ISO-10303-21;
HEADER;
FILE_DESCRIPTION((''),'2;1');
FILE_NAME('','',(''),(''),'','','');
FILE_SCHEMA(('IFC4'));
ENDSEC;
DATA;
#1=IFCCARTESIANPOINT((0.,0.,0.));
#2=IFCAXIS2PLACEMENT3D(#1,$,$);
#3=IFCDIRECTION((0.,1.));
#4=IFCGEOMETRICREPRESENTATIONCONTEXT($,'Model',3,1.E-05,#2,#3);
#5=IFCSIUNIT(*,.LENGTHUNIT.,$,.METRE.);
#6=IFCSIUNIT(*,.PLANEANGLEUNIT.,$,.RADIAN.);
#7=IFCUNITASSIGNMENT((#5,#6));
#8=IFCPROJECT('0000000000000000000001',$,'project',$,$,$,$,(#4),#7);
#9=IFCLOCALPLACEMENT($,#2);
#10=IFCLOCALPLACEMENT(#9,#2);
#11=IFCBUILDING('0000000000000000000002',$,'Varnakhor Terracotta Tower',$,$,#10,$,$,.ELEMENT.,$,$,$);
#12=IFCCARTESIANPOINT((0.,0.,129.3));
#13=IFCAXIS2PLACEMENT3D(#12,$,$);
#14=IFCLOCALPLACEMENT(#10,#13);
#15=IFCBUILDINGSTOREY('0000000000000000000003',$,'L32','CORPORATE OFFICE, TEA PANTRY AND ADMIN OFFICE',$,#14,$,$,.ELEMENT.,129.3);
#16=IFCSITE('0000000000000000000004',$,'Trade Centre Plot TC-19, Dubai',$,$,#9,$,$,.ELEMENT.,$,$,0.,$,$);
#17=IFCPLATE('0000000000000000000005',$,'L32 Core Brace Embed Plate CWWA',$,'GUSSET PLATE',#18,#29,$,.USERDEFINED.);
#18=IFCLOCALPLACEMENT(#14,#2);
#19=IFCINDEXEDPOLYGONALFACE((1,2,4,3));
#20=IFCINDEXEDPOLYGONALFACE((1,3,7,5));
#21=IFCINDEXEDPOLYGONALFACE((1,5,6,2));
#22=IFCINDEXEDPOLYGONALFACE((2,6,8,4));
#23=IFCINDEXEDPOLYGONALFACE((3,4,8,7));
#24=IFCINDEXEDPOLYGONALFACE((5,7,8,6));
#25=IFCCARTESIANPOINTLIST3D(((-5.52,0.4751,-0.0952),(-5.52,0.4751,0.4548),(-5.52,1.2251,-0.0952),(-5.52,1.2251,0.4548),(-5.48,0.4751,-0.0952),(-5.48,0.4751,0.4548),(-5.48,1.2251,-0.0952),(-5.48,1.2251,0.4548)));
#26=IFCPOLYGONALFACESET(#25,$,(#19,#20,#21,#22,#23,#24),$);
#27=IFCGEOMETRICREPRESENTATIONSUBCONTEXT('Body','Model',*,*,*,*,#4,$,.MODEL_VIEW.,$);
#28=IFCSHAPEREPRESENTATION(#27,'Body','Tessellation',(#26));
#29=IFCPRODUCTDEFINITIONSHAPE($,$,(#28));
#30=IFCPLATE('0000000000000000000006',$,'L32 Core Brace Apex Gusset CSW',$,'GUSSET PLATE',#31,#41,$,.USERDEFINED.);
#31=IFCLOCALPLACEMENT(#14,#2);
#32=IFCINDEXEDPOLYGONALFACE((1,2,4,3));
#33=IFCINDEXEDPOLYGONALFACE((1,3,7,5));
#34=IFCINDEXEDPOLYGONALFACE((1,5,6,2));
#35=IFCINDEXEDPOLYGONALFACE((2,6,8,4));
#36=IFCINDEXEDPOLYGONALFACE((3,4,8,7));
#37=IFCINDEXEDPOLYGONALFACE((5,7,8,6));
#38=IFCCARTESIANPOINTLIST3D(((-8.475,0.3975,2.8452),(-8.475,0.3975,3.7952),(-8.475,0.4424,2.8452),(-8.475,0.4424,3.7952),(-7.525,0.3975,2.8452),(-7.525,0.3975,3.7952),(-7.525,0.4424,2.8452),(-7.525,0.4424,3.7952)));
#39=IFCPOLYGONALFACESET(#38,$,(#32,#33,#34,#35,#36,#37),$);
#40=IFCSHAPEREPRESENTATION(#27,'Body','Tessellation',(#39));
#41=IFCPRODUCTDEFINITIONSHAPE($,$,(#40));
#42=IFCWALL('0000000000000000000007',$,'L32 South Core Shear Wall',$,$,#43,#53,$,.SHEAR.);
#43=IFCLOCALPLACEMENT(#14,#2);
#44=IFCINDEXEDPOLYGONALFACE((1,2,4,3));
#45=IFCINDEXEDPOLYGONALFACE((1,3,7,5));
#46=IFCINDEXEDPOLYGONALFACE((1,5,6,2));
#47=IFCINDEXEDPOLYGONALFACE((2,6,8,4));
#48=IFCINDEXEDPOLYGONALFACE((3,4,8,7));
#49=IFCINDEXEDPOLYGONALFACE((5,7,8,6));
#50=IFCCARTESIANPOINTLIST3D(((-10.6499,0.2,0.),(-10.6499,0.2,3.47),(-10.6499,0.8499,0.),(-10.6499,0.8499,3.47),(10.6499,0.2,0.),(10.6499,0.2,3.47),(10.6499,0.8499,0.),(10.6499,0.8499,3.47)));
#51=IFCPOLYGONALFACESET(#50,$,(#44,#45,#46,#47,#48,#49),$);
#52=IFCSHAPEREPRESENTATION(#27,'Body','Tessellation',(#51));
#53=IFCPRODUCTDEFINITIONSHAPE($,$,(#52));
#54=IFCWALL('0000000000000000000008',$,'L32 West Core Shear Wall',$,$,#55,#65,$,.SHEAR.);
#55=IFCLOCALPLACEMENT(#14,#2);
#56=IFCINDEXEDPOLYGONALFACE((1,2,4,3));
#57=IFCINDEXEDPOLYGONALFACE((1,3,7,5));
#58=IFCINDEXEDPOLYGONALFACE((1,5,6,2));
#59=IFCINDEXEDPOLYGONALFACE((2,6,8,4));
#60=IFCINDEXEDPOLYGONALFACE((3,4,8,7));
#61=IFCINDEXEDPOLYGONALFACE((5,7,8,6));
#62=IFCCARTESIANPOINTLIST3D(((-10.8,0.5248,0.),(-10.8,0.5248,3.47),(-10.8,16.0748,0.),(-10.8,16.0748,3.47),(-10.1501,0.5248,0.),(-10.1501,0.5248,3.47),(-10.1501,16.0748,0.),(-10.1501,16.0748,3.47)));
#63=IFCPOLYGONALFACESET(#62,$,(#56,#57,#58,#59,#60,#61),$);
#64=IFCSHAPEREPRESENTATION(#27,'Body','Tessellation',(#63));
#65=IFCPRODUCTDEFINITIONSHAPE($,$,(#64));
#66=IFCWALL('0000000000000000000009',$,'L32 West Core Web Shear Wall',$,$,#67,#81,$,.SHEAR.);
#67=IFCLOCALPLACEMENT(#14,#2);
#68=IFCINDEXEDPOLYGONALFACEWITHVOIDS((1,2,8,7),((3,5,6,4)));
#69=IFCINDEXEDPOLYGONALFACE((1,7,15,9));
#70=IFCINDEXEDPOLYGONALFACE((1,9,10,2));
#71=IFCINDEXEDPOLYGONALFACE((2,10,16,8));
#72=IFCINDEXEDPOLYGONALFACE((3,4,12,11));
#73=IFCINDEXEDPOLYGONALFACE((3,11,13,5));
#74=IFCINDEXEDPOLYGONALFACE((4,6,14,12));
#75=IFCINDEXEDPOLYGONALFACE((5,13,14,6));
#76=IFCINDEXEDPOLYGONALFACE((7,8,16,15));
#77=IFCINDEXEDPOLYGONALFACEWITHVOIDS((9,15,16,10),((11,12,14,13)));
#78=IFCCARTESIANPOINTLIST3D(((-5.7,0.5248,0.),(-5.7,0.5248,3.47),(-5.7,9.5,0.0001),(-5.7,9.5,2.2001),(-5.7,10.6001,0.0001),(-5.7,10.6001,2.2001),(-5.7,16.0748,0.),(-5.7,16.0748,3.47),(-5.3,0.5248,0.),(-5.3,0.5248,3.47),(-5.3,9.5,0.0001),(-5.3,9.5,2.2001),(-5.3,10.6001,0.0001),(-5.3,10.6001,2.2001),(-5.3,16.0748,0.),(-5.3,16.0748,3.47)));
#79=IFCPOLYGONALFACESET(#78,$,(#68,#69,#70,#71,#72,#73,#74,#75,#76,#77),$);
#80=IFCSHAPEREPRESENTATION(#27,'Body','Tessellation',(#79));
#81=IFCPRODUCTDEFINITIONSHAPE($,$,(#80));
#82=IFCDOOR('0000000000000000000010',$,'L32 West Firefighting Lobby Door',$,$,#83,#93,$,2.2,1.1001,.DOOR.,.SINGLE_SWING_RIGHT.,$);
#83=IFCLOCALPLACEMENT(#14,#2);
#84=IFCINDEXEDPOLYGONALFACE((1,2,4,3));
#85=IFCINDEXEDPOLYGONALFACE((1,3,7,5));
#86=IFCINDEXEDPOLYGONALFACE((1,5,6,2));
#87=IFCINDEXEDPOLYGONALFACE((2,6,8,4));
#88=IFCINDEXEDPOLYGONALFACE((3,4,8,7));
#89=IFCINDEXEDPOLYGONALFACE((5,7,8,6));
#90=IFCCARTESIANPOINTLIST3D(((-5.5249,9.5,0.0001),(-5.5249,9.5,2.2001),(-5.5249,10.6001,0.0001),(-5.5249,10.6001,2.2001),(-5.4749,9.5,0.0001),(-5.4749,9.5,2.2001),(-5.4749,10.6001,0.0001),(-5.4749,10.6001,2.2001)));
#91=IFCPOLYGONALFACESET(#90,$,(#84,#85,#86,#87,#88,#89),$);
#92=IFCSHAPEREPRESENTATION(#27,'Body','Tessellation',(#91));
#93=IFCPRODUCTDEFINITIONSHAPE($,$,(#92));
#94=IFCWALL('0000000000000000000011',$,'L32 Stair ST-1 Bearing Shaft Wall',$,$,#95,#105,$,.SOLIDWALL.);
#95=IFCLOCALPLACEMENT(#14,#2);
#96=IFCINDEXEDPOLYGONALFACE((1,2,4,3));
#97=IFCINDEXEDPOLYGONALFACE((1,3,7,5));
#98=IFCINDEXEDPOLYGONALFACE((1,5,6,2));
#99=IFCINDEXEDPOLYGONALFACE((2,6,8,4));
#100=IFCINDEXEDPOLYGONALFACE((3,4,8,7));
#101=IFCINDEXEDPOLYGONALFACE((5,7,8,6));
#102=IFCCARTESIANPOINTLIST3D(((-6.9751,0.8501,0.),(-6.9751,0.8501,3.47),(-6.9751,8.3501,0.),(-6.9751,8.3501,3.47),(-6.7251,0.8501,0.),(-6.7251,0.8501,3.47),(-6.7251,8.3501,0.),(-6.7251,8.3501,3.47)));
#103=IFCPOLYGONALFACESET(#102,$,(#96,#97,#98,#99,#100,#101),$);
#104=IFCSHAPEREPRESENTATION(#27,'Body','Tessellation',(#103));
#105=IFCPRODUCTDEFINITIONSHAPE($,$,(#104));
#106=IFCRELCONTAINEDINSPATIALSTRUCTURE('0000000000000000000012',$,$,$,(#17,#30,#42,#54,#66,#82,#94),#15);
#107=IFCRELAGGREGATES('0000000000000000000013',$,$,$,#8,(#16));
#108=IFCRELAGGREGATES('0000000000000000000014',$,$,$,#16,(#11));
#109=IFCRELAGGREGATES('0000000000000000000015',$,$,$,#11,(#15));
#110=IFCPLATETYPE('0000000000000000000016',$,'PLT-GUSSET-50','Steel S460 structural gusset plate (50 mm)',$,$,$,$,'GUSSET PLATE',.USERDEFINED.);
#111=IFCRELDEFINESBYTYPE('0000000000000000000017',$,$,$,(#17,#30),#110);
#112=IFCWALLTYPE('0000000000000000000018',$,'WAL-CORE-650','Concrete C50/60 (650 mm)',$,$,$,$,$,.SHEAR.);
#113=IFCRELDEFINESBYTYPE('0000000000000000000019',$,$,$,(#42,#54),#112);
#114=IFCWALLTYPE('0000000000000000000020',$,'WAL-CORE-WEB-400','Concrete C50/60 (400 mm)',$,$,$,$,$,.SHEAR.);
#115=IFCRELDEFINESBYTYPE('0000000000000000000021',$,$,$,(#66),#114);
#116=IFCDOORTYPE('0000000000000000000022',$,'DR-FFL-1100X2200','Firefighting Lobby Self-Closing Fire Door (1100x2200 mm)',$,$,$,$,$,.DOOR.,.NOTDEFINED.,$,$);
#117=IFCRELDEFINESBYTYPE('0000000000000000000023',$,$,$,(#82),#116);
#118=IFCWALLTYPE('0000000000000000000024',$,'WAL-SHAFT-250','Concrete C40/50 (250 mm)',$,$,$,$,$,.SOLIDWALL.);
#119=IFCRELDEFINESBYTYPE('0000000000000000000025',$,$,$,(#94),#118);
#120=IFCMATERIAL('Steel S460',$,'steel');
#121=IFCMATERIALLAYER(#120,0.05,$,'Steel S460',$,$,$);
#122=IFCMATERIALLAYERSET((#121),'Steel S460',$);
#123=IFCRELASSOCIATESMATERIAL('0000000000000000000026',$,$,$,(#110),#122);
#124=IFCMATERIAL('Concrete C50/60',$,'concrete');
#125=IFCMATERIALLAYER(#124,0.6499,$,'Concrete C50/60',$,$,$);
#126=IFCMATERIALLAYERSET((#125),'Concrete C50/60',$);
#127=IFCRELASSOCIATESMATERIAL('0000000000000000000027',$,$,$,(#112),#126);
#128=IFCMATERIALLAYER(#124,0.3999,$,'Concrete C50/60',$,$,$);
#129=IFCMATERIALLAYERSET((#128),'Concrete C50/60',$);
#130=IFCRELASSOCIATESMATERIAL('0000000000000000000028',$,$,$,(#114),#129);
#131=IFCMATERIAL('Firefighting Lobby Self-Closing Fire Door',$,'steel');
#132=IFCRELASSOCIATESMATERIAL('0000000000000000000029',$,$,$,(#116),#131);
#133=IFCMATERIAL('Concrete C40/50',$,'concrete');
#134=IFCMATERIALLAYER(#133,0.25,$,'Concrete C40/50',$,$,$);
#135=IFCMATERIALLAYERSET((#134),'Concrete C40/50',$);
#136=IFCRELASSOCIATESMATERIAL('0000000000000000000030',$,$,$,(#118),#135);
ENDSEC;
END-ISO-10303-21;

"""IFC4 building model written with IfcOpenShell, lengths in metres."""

from ifc_helpers import new_model, si_unit, direction, frame, frame_2d, origin, origin_2d, place, context, subcontext, project, spatial, rectangle, extrude, source, transform, mapped, material, layer, layer_set, type_object, type_shapes, element, fill, save


model = new_model("IFC4")

# Units and contexts
model_context = context("Model", 3, precision=1e-05, world=origin(), true_north=direction((0.0, 1.0)))
body_context = subcontext(model_context, "Body", "Model", "MODEL_VIEW")
ifc_project = project(units=[si_unit("LENGTHUNIT", "METRE"), si_unit("PLANEANGLEUNIT", "RADIAN")], contexts=[model_context])

# Site, building, storey
site_placement = place(None, origin())
site = spatial("IfcSite", under=ifc_project, at=site_placement, Name="Trade Centre Plot TC-19, Dubai", CompositionType="ELEMENT", RefElevation=0.0)
building_placement = place(site_placement, origin())
building = spatial("IfcBuilding", under=site, at=building_placement, Name="Varnakhor Terracotta Tower", CompositionType="ELEMENT")
storey_placement = place(building_placement, frame((0.0, 0.0, 129.3)))
storey = spatial("IfcBuildingStorey", under=building, at=storey_placement, Name="L32", Description="CORPORATE OFFICE, TEA PANTRY AND ADMIN OFFICE", CompositionType="ELEMENT", Elevation=129.3)

# Shared definitions
ifc_material_1 = material(Name="Concrete C50/60", Category="concrete")

# Shared definitions
ifc_material_2 = material(Name="Steel S460", Category="steel")

# Plates
ifc_layer_1 = layer(ifc_material_2, 0.05, Name="Steel S460")
ifc_layer_set_1 = layer_set([ifc_layer_1], Name="Steel S460")
plate_type = type_object("IfcPlateType", Name="PLT-GUSSET-50", Description="Steel S460 structural gusset plate (50 mm)", ElementType="GUSSET PLATE", PredefinedType="USERDEFINED", material=ifc_layer_set_1)
shared_shape_1 = source(origin(), body_context, "Body", "SweptSolid", [
    extrude(rectangle(XDim=0.75, YDim=0.04, at=origin_2d()), origin(), (0.0, 0.0, 1.0), 0.55),
])
type_shapes(plate_type, [shared_shape_1])
for number, where, z_axis, x_axis, name in (
    (1, (-5.5, 0.8501, -0.0952), (0.0, 0.0, 1.0), (0.0, 1.0, 0.0), "L32 Core Brace Embed Plate CWWA"),
):
    element("IfcPlate", number, at=place(storey_placement, frame(where, z_axis=z_axis, x_axis=x_axis)), inside=storey, type_object=plate_type, Name=name, ObjectType="GUSSET PLATE", PredefinedType="USERDEFINED", context=body_context, shape_type="MappedRepresentation", body=[
        mapped(shared_shape_1, transform((0.0, 0.0, 0.0), scale=1.0)),
    ])
shared_shape_2 = source(origin(), body_context, "Body", "SweptSolid", [
    extrude(rectangle(XDim=0.95, YDim=0.0449, at=origin_2d()), origin(), (0.0, 0.0, 1.0), 0.95),
])
plate_placement = place(storey_placement, frame((-8.0, 0.4199, 2.8452), z_axis=(0.0, 0.0, 1.0), x_axis=(1.0, 0.0, 0.0)))
element("IfcPlate", 2, at=plate_placement, inside=storey, type_object=plate_type, Name="L32 Core Brace Apex Gusset CSW", ObjectType="GUSSET PLATE", PredefinedType="USERDEFINED", context=body_context, shape_type="MappedRepresentation", body=[
    mapped(shared_shape_2, transform((0.0, 0.0, 0.0), scale=1.0)),
])

# Walls
ifc_layer_2 = layer(ifc_material_1, 0.6499, Name="Concrete C50/60")
ifc_layer_set_2 = layer_set([ifc_layer_2], Name="Concrete C50/60")
wall_type_1 = type_object("IfcWallType", Name="WAL-CORE-650", Description="Concrete C50/60 (650 mm)", PredefinedType="SHEAR", material=ifc_layer_set_2)
wall_1_placement = place(storey_placement, frame((-10.6499, 0.5249, 0.0), z_axis=(0.0, 0.0, 1.0), x_axis=(1.0, 0.0, 0.0)))
element("IfcWall", 3, at=wall_1_placement, inside=storey, type_object=wall_type_1, Name="L32 South Core Shear Wall", PredefinedType="SHEAR", context=body_context, shape_type="SweptSolid", body=[
    extrude(rectangle(XDim=21.2998, YDim=0.6499, at=frame_2d((10.6499, 0.0))), origin(), (0.0, 0.0, 1.0), 3.47),
])
wall_2_placement = place(storey_placement, frame((-10.4751, 0.5249, 0.0), z_axis=(0.0, 0.0, 1.0), x_axis=(0.0, 1.0, 0.0)))
element("IfcWall", 4, at=wall_2_placement, inside=storey, type_object=wall_type_1, Name="L32 West Core Shear Wall", PredefinedType="SHEAR", context=body_context, shape_type="SweptSolid", body=[
    extrude(rectangle(XDim=15.55, YDim=0.6499, at=frame_2d((7.7749, 0.0))), origin(), (0.0, 0.0, 1.0), 3.47),
])

# Wall, opening, door
ifc_layer_3 = layer(ifc_material_1, 0.3999, Name="Concrete C50/60")
ifc_layer_set_3 = layer_set([ifc_layer_3], Name="Concrete C50/60")
wall_type_2 = type_object("IfcWallType", Name="WAL-CORE-WEB-400", Description="Concrete C50/60 (400 mm)", PredefinedType="SHEAR", material=ifc_layer_set_3)
wall_3_placement = place(storey_placement, frame((-5.5, 0.5249, 0.0), z_axis=(0.0, 0.0, 1.0), x_axis=(0.0, 1.0, 0.0)))
wall_3 = element("IfcWall", 5, at=wall_3_placement, inside=storey, type_object=wall_type_2, Name="L32 West Core Web Shear Wall", PredefinedType="SHEAR", context=body_context, shape_type="SweptSolid", body=[
    extrude(rectangle(XDim=15.55, YDim=0.3999, at=frame_2d((7.7749, 0.0))), origin(), (0.0, 0.0, 1.0), 3.47),
])
opening_placement = place(wall_3_placement, frame((8.9751, 0.0, 0.0)))
opening = element("IfcOpeningElement", 6, at=opening_placement, cuts=wall_3, PredefinedType="OPENING", context=body_context, shape_type="SweptSolid", body=[
    extrude(rectangle(XDim=1.1001, YDim=2.2, at=frame_2d((0.55, 1.1001))), frame((0.0, 0.21, 0.0), z_axis=(0.0, -1.0, 0.0), x_axis=(1.0, 0.0, 0.0)), (0.0, 0.0, 1.0), 0.4199),
])
ifc_material_3 = material(Name="Firefighting Lobby Self-Closing Fire Door", Category="steel")
door_type = type_object("IfcDoorType", Name="DR-FFL-1100X2200", Description="Firefighting Lobby Self-Closing Fire Door (1100x2200 mm)", OperationType="NOTDEFINED", PredefinedType="DOOR", material=ifc_material_3)
shared_shape_3 = source(origin(), body_context, "Body", "SweptSolid", [
    extrude(rectangle(XDim=1.1001, YDim=2.2, at=frame_2d((0.55, 1.1001))), frame((0.0, 0.0249, 0.0), z_axis=(0.0, -1.0, 0.0), x_axis=(1.0, 0.0, 0.0)), (0.0, 0.0, 1.0), 0.05),
])
type_shapes(door_type, [shared_shape_3])
door_placement = place(opening_placement, origin())
door = element("IfcDoor", 7, at=door_placement, inside=storey, type_object=door_type, Name="L32 West Firefighting Lobby Door", OperationType="SINGLE_SWING_RIGHT", OverallHeight=2.2, OverallWidth=1.1001, PredefinedType="DOOR", context=body_context, shape_type="MappedRepresentation", body=[
    mapped(shared_shape_3, transform((0.0, 0.0, 0.0), scale=1.0)),
])
fill(opening, door)

# Wall
ifc_material_4 = material(Name="Concrete C40/50", Category="concrete")
ifc_layer_4 = layer(ifc_material_4, 0.25, Name="Concrete C40/50")
ifc_layer_set_4 = layer_set([ifc_layer_4], Name="Concrete C40/50")
wall_type_3 = type_object("IfcWallType", Name="WAL-SHAFT-250", Description="Concrete C40/50 (250 mm)", PredefinedType="SOLIDWALL", material=ifc_layer_set_4)
wall_4_placement = place(storey_placement, frame((-6.8501, 0.8501, 0.0), z_axis=(0.0, 0.0, 1.0), x_axis=(0.0, 1.0, 0.0)))
element("IfcWall", 8, at=wall_4_placement, inside=storey, type_object=wall_type_3, Name="L32 Stair ST-1 Bearing Shaft Wall", PredefinedType="SOLIDWALL", context=body_context, shape_type="SweptSolid", body=[
    extrude(rectangle(XDim=7.5, YDim=0.25, at=frame_2d((3.75, 0.0))), origin(), (0.0, 0.0, 1.0), 3.47),
])

save(model, "model.ifc")
